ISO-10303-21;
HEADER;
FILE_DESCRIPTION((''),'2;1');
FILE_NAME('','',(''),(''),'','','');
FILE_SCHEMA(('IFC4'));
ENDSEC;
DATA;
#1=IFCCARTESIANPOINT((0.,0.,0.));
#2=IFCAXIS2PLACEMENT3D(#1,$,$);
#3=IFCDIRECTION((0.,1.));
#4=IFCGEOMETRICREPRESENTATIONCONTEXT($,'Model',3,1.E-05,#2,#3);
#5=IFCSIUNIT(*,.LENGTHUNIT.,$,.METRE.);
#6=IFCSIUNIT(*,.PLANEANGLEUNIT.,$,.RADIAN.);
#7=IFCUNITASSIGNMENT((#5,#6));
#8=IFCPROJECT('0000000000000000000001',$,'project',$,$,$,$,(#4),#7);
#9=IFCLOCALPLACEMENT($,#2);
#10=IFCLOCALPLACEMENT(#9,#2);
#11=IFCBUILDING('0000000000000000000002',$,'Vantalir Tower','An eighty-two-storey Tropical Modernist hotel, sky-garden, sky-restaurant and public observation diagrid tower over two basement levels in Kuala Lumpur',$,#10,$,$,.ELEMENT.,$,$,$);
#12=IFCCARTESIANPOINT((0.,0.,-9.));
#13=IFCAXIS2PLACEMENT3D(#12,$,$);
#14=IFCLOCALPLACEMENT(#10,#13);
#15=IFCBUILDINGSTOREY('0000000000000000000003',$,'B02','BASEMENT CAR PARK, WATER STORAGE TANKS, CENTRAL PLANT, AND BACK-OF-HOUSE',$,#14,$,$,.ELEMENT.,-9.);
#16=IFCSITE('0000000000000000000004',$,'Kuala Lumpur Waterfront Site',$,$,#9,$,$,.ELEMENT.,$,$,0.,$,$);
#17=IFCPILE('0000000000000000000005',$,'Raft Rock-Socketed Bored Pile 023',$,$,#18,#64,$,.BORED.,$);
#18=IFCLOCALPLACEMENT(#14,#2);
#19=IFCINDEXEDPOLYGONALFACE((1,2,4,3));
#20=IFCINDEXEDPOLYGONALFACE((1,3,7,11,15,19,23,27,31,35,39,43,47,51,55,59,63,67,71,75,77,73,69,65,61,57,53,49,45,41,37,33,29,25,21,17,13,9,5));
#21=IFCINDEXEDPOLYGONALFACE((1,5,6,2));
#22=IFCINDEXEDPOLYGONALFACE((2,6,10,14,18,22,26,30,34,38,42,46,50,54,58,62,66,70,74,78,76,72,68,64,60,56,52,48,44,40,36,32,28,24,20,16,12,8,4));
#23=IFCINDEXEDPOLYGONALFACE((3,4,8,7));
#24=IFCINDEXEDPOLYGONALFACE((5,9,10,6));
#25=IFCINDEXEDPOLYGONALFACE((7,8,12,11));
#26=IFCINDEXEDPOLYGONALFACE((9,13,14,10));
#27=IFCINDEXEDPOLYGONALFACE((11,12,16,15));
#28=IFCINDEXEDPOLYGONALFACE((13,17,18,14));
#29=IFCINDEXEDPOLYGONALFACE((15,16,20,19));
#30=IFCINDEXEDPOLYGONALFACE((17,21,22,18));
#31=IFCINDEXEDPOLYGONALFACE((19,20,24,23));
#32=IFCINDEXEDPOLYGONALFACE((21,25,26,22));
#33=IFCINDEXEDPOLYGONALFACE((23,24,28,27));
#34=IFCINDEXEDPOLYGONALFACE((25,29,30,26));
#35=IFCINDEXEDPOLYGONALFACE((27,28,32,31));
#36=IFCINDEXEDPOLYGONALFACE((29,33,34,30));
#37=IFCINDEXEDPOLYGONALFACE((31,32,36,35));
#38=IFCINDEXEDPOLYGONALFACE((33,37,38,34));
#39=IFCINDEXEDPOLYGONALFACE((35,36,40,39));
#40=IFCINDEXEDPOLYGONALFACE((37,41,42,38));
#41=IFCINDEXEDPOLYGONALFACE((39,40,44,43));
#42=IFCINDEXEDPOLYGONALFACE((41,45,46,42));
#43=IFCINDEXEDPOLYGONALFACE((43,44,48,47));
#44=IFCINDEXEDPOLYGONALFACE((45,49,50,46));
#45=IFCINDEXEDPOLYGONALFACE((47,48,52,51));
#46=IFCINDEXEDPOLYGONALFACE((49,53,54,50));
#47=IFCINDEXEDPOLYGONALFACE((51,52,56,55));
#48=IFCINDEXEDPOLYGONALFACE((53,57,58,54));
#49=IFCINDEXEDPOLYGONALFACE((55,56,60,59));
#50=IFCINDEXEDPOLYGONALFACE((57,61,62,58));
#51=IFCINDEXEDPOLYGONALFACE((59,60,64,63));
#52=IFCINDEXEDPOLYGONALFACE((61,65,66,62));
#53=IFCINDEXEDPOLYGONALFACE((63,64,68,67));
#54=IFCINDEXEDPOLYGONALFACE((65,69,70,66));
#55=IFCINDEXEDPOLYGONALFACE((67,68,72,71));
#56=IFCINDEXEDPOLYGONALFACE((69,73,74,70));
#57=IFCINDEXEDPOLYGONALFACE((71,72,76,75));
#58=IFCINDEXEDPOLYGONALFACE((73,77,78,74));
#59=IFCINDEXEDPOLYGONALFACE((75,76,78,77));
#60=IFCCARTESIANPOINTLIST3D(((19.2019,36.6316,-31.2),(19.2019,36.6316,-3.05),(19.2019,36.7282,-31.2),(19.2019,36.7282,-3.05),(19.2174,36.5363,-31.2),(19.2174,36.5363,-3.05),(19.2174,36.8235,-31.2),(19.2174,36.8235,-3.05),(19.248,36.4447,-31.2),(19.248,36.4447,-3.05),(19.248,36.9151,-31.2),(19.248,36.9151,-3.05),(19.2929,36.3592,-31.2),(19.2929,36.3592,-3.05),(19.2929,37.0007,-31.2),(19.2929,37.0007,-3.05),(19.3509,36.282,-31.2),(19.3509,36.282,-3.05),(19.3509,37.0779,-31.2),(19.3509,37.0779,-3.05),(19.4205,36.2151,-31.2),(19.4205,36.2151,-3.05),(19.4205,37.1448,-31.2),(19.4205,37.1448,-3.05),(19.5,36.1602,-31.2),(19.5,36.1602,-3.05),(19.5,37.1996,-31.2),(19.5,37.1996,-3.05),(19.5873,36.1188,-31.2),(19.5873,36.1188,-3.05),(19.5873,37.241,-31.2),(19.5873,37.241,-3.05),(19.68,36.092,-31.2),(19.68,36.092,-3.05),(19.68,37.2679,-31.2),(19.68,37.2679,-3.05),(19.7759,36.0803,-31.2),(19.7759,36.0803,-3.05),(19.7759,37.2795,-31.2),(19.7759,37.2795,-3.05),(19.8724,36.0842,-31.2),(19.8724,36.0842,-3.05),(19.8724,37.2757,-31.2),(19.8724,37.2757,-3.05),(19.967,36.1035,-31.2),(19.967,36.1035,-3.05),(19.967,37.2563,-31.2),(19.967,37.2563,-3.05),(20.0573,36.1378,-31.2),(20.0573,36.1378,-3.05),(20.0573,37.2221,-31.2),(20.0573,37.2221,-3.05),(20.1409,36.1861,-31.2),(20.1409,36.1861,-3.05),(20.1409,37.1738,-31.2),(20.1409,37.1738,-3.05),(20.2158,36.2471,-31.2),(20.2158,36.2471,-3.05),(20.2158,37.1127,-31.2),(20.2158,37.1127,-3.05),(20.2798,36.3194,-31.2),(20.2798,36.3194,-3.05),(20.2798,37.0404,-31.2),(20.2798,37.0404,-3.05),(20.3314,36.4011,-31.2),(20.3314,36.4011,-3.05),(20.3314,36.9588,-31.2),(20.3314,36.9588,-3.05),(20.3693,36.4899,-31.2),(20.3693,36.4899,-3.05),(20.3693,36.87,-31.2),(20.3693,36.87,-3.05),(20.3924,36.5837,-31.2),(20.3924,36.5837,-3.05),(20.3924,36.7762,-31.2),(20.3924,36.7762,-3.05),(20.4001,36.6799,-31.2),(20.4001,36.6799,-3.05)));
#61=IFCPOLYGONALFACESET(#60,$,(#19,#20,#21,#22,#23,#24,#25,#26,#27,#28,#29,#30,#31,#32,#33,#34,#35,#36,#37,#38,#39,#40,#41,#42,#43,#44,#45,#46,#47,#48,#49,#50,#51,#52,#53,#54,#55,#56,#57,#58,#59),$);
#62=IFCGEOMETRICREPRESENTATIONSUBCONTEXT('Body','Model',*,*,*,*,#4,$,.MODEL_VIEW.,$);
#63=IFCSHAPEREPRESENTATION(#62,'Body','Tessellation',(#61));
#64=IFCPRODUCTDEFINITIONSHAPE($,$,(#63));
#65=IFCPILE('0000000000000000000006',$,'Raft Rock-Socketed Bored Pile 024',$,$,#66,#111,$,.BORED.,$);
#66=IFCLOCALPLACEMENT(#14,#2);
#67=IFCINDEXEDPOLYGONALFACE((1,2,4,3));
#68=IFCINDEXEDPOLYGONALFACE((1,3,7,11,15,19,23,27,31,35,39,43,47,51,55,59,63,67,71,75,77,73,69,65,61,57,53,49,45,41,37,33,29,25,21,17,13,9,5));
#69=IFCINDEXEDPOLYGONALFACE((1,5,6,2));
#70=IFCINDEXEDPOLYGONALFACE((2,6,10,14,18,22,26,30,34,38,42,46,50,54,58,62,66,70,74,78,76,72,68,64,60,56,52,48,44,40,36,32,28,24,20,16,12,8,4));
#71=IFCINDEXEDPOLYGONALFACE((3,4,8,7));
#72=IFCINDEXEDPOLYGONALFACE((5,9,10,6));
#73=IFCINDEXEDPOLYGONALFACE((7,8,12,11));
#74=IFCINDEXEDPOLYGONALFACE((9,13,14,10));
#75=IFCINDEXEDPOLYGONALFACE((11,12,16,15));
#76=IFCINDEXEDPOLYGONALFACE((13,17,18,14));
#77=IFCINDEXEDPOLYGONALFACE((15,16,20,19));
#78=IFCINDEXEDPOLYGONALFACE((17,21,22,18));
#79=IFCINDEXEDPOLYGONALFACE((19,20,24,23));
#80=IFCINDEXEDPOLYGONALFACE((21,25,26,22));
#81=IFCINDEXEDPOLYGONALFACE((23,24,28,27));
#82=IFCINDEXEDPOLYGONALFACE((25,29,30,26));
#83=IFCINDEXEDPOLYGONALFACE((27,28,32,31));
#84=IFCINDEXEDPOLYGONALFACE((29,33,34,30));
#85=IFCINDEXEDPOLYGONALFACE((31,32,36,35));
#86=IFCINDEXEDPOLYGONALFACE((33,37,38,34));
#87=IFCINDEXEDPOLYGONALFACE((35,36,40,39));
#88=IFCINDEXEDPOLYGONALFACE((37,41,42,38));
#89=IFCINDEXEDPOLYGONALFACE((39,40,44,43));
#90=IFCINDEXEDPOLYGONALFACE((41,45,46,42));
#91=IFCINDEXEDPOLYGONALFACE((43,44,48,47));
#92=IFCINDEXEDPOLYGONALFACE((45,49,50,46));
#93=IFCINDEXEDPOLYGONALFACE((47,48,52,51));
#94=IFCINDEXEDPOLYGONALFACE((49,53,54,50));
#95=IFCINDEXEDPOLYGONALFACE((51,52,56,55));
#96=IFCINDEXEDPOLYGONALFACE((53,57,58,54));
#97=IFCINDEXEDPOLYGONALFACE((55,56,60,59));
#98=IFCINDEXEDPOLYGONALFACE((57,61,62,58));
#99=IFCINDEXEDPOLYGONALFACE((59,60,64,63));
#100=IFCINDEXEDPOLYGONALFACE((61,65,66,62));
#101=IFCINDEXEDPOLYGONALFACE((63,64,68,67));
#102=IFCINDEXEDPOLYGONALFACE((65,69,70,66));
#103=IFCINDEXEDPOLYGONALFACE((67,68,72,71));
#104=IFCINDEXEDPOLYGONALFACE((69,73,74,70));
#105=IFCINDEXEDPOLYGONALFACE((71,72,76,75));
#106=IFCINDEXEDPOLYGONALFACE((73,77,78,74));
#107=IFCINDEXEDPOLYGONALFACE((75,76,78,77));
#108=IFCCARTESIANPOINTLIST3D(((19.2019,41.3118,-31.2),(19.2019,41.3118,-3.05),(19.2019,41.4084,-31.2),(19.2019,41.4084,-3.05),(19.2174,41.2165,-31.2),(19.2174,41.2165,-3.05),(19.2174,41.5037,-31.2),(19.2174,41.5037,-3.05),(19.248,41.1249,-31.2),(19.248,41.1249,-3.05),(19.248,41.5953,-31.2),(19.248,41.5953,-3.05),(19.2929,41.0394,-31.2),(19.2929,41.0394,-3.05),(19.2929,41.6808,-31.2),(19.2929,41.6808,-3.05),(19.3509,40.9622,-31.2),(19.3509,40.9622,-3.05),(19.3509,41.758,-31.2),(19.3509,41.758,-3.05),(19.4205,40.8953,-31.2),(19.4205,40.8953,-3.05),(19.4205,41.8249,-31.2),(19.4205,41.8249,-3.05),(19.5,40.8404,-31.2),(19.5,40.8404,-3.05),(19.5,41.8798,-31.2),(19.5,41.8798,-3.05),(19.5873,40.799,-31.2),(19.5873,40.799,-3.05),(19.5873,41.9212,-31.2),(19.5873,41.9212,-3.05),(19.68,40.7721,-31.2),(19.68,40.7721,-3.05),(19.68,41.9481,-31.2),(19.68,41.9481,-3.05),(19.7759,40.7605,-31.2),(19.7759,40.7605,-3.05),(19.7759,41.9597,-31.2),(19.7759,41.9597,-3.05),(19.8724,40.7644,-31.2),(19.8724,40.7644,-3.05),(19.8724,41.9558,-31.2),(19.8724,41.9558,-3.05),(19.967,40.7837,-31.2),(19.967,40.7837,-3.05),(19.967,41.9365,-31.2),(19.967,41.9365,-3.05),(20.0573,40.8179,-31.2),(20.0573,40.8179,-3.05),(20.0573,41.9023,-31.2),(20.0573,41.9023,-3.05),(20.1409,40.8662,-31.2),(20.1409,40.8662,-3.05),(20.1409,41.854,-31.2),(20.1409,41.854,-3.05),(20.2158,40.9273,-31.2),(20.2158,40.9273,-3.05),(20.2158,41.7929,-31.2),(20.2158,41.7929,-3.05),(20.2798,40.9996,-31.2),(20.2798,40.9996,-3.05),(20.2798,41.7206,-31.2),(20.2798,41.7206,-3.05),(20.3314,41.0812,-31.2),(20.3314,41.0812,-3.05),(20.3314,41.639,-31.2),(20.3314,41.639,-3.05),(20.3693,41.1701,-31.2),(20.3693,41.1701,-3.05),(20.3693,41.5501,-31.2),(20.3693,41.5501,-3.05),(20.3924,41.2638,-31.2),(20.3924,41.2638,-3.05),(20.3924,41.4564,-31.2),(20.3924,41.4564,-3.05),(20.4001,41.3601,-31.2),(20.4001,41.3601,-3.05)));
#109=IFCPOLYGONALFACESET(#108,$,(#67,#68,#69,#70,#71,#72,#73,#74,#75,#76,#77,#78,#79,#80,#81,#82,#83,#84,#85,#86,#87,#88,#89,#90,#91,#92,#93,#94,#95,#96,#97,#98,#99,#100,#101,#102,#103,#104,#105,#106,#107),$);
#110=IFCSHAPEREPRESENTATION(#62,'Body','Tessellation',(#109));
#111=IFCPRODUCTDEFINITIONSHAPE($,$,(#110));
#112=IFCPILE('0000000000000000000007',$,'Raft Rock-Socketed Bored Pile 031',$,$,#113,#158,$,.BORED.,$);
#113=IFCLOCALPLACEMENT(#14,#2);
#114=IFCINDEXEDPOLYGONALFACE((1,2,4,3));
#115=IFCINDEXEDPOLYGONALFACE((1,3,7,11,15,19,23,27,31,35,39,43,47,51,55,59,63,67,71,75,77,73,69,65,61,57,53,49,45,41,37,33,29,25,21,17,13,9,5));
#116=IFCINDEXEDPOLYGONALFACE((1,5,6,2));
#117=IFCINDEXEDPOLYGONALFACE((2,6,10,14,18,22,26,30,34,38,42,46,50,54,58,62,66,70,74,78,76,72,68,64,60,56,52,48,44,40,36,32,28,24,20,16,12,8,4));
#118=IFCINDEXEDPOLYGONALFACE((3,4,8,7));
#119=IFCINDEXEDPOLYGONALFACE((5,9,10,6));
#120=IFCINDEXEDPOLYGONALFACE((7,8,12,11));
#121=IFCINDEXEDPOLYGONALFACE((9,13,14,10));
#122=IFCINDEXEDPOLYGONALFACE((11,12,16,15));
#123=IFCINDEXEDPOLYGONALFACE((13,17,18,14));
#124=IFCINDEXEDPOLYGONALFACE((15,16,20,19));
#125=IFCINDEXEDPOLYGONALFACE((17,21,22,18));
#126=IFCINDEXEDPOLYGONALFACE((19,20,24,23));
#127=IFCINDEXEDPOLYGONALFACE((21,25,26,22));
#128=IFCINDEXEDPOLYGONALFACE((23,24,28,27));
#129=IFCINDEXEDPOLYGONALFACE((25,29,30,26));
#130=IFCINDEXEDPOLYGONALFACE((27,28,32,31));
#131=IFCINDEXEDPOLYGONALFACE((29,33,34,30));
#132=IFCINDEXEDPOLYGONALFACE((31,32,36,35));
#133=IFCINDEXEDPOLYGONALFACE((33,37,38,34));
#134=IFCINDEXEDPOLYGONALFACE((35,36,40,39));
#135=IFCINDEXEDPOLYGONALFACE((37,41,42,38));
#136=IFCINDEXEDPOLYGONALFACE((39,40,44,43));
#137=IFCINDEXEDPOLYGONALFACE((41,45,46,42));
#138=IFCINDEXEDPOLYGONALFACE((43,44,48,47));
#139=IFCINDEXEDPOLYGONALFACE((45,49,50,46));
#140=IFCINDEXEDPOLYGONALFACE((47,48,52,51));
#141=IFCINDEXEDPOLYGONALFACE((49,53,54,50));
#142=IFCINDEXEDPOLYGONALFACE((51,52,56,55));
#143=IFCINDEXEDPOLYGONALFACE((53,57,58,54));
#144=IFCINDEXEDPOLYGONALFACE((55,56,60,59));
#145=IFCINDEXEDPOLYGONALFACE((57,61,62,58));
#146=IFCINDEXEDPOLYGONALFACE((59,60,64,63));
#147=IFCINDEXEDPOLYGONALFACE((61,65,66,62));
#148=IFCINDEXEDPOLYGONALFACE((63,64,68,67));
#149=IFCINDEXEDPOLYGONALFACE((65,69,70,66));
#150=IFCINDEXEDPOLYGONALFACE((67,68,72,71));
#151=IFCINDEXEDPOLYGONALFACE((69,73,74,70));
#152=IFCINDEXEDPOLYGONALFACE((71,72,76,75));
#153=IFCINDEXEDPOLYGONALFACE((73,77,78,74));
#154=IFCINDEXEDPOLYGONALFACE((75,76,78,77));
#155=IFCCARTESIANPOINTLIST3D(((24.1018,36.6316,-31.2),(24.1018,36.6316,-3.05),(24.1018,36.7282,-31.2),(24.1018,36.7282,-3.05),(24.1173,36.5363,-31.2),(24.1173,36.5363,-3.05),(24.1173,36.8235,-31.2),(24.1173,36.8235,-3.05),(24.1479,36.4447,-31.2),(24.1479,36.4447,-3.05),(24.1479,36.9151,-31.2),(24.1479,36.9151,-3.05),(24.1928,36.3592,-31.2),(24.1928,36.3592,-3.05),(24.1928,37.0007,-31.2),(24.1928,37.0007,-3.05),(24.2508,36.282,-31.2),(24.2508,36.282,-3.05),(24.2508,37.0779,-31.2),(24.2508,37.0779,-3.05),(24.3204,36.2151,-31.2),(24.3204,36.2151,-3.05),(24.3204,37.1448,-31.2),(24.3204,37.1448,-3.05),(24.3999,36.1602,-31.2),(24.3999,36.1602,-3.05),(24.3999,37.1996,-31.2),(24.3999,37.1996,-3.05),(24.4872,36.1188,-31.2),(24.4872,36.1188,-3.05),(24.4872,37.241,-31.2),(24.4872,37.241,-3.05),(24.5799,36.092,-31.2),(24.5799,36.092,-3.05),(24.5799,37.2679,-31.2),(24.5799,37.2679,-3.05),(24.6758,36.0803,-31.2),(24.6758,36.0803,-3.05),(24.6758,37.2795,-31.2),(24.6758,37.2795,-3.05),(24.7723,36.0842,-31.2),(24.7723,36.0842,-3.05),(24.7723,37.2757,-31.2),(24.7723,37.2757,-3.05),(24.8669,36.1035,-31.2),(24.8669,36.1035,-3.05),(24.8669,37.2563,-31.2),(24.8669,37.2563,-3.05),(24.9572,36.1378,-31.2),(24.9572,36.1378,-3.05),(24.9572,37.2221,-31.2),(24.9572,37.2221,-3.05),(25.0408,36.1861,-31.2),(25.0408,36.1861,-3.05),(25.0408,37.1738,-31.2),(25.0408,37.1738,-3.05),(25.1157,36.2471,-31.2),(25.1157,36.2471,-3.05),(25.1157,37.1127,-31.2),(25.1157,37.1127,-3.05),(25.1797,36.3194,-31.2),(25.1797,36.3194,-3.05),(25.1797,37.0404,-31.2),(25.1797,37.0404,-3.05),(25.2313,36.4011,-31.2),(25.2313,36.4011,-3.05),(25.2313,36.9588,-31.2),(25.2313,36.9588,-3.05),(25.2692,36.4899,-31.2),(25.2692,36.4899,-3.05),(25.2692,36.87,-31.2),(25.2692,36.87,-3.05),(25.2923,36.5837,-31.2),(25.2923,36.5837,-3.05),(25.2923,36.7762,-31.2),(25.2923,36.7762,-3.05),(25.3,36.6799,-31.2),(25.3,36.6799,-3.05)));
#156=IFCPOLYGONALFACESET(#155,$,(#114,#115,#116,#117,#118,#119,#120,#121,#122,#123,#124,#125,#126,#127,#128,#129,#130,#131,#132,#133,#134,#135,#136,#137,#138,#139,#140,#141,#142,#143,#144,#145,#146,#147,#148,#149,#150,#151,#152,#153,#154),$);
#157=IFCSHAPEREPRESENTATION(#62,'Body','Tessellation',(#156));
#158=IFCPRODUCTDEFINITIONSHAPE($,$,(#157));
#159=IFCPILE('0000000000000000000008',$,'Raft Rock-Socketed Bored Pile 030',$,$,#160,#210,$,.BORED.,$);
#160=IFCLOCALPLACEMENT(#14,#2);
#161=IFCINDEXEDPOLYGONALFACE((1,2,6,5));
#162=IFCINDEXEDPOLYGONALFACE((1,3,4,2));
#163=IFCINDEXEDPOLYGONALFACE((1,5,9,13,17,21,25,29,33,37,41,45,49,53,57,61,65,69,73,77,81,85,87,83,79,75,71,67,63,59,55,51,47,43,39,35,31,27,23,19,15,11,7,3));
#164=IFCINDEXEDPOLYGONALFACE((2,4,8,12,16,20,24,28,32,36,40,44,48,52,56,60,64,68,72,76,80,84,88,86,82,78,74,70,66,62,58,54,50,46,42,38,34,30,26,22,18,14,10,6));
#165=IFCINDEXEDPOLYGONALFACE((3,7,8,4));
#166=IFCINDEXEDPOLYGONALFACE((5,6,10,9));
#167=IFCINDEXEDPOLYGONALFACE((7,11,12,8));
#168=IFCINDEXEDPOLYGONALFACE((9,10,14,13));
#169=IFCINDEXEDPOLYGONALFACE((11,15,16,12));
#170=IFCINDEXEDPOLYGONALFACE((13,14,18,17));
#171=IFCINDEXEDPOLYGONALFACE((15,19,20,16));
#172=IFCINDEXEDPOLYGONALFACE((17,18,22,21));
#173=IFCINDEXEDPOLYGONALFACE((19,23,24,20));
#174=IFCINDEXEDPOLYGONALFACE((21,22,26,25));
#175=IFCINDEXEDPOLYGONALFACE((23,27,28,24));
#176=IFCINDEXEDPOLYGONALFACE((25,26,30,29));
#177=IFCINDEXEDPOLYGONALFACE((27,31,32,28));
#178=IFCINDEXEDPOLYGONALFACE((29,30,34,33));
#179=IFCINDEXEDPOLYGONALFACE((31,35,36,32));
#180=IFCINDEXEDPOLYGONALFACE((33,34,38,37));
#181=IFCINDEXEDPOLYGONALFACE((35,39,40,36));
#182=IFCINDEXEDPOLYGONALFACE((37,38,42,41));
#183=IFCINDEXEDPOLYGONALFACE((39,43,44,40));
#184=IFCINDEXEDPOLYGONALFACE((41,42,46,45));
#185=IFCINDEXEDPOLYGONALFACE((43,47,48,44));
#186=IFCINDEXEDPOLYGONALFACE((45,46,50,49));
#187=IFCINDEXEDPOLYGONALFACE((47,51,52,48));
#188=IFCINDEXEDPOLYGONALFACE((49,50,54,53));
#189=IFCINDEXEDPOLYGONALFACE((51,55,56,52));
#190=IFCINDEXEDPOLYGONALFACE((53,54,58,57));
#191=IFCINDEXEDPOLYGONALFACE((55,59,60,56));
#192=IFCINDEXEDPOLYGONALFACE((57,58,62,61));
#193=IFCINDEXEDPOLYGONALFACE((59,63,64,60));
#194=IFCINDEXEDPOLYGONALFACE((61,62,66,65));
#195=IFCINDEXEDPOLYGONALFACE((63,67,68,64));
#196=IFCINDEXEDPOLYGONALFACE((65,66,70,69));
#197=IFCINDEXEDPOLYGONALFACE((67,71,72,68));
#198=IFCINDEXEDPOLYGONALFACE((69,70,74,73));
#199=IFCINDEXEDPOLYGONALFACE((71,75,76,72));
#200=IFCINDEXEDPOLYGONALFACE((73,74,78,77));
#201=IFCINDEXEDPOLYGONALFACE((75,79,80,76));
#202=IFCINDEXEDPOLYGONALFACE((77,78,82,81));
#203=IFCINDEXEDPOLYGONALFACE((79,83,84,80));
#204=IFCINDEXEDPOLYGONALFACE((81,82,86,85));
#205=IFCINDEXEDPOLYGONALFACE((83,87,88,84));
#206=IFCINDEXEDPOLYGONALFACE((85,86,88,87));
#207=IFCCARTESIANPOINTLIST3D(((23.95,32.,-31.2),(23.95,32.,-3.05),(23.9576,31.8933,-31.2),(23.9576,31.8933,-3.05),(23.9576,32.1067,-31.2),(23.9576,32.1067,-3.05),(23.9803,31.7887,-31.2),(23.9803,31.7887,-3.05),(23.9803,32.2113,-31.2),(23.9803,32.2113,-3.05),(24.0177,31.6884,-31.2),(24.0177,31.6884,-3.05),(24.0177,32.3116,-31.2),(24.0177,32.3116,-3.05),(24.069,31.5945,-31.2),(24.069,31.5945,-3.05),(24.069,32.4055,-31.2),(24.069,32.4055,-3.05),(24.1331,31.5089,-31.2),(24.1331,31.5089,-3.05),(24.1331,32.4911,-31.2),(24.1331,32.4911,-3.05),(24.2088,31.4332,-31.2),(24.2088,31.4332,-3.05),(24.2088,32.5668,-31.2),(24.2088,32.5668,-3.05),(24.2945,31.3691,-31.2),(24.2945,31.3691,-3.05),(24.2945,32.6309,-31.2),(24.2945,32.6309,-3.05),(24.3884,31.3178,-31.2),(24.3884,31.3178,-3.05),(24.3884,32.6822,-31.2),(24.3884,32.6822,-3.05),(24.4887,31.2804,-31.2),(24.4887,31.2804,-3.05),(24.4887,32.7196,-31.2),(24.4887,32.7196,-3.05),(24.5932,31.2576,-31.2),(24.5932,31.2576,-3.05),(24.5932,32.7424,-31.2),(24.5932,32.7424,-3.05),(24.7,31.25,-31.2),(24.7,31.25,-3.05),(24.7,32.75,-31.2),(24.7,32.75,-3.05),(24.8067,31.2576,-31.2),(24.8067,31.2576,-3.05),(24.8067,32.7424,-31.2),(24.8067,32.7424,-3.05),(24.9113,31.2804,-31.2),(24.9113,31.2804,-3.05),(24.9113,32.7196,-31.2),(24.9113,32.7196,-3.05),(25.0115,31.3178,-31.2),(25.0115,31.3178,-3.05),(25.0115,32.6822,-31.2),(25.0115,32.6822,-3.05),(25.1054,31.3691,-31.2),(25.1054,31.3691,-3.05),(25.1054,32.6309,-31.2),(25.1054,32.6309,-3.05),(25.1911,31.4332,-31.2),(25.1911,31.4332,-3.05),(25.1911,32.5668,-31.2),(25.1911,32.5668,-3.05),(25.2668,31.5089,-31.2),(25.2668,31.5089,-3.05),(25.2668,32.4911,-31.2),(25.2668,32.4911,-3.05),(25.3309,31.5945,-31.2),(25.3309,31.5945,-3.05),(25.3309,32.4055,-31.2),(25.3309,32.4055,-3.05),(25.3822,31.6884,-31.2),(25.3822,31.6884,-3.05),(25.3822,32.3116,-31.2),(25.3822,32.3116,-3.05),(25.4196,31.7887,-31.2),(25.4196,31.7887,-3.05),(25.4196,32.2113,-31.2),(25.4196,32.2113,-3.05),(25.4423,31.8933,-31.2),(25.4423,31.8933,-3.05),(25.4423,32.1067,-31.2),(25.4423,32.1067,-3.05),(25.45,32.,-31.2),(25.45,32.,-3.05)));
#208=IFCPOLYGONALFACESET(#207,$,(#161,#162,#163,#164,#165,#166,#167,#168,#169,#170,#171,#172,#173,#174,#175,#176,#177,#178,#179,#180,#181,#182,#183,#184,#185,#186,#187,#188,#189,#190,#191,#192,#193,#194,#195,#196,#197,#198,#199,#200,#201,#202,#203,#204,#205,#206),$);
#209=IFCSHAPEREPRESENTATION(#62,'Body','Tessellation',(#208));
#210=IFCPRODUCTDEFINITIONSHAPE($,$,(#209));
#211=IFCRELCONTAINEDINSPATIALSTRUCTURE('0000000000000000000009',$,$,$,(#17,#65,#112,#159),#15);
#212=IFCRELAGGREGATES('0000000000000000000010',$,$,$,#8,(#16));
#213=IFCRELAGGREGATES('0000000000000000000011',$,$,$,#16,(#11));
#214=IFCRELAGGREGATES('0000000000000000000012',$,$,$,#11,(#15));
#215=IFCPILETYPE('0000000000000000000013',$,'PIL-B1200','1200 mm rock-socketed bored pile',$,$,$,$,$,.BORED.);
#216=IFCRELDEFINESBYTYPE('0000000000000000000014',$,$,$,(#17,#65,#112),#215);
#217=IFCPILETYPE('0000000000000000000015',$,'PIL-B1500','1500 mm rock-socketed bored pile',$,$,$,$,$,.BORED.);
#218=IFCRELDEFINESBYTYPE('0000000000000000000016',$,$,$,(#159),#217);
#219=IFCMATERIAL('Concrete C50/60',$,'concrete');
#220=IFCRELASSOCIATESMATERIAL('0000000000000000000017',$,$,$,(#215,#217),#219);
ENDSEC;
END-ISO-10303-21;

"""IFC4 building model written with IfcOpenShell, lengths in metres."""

from ifc_helpers import new_model, si_unit, direction, frame, origin, origin_2d, place, context, subcontext, project, spatial, circle, extrude, material, material_profile, profile_set, type_object, element, save


model = new_model("IFC4")

# Units and contexts
model_context = context("Model", 3, precision=1e-05, world=origin(), true_north=direction((0.0, 1.0)))
body_context = subcontext(model_context, "Body", "Model", "MODEL_VIEW")
ifc_project = project(units=[si_unit("LENGTHUNIT", "METRE"), si_unit("PLANEANGLEUNIT", "RADIAN")], contexts=[model_context])

# Site, building, storey
site_placement = place(None, origin())
site = spatial("IfcSite", under=ifc_project, at=site_placement, Name="Kuala Lumpur Waterfront Site", CompositionType="ELEMENT", RefElevation=0.0)
building_placement = place(site_placement, origin())
building = spatial("IfcBuilding", under=site, at=building_placement, Name="Vantalir Tower", Description="An eighty-two-storey Tropical Modernist hotel, sky-garden, sky-restaurant and public observation diagrid tower over two basement levels in Kuala Lumpur", CompositionType="ELEMENT")
storey_placement = place(building_placement, frame((0.0, 0.0, -9.0)))
storey = spatial("IfcBuildingStorey", under=building, at=storey_placement, Name="B02", Description="BASEMENT CAR PARK, WATER STORAGE TANKS, CENTRAL PLANT, AND BACK-OF-HOUSE", CompositionType="ELEMENT", Elevation=-9.0)

# Piles
ifc_material_1 = material(Name="Concrete C50/60", Category="concrete")
ifc_material_profile_1 = material_profile(ifc_material_1, circle(Radius=0.6001, at=origin_2d()), Name="Concrete C50/60")
ifc_profile_set_1 = profile_set([ifc_material_profile_1], Name="Concrete C50/60")
pile_type_1 = type_object("IfcPileType", Name="PIL-B1200", Description="1200 mm rock-socketed bored pile", PredefinedType="BORED", material=ifc_profile_set_1)
for number, where, z_axis, x_axis, name in (
    (1, (19.8, 36.6799, -3.05), (0.0, 0.0, -1.0), (1.0, 0.0, 0.0), "Raft Rock-Socketed Bored Pile 023"),
    (2, (19.8, 41.3601, -3.05), (0.0, 0.0, -1.0), (1.0, 0.0, 0.0), "Raft Rock-Socketed Bored Pile 024"),
    (3, (24.7, 36.6799, -3.05), (0.0, 0.0, -1.0), (1.0, 0.0, 0.0), "Raft Rock-Socketed Bored Pile 031"),
):
    element("IfcPile", number, at=place(storey_placement, frame(where, z_axis=z_axis, x_axis=x_axis)), inside=storey, type_object=pile_type_1, Name=name, PredefinedType="BORED", context=body_context, shape_type="SweptSolid", body=[
        extrude(circle(Radius=0.6001, at=origin_2d()), origin(), (0.0, 0.0, 1.0), 28.1499),
    ])
ifc_material_profile_2 = material_profile(ifc_material_1, circle(Radius=0.75, at=origin_2d()), Name="Concrete C50/60")
ifc_profile_set_2 = profile_set([ifc_material_profile_2], Name="Concrete C50/60")
pile_type_2 = type_object("IfcPileType", Name="PIL-B1500", Description="1500 mm rock-socketed bored pile", PredefinedType="BORED", material=ifc_profile_set_2)
pile_placement = place(storey_placement, frame((24.7, 32.0, -3.05), z_axis=(0.0, 0.0, -1.0), x_axis=(1.0, 0.0, 0.0)))
element("IfcPile", 4, at=pile_placement, inside=storey, type_object=pile_type_2, Name="Raft Rock-Socketed Bored Pile 030", PredefinedType="BORED", context=body_context, shape_type="SweptSolid", body=[
    extrude(circle(Radius=0.75, at=origin_2d()), origin(), (0.0, 0.0, 1.0), 28.1499),
])

save(model, "model.ifc")
